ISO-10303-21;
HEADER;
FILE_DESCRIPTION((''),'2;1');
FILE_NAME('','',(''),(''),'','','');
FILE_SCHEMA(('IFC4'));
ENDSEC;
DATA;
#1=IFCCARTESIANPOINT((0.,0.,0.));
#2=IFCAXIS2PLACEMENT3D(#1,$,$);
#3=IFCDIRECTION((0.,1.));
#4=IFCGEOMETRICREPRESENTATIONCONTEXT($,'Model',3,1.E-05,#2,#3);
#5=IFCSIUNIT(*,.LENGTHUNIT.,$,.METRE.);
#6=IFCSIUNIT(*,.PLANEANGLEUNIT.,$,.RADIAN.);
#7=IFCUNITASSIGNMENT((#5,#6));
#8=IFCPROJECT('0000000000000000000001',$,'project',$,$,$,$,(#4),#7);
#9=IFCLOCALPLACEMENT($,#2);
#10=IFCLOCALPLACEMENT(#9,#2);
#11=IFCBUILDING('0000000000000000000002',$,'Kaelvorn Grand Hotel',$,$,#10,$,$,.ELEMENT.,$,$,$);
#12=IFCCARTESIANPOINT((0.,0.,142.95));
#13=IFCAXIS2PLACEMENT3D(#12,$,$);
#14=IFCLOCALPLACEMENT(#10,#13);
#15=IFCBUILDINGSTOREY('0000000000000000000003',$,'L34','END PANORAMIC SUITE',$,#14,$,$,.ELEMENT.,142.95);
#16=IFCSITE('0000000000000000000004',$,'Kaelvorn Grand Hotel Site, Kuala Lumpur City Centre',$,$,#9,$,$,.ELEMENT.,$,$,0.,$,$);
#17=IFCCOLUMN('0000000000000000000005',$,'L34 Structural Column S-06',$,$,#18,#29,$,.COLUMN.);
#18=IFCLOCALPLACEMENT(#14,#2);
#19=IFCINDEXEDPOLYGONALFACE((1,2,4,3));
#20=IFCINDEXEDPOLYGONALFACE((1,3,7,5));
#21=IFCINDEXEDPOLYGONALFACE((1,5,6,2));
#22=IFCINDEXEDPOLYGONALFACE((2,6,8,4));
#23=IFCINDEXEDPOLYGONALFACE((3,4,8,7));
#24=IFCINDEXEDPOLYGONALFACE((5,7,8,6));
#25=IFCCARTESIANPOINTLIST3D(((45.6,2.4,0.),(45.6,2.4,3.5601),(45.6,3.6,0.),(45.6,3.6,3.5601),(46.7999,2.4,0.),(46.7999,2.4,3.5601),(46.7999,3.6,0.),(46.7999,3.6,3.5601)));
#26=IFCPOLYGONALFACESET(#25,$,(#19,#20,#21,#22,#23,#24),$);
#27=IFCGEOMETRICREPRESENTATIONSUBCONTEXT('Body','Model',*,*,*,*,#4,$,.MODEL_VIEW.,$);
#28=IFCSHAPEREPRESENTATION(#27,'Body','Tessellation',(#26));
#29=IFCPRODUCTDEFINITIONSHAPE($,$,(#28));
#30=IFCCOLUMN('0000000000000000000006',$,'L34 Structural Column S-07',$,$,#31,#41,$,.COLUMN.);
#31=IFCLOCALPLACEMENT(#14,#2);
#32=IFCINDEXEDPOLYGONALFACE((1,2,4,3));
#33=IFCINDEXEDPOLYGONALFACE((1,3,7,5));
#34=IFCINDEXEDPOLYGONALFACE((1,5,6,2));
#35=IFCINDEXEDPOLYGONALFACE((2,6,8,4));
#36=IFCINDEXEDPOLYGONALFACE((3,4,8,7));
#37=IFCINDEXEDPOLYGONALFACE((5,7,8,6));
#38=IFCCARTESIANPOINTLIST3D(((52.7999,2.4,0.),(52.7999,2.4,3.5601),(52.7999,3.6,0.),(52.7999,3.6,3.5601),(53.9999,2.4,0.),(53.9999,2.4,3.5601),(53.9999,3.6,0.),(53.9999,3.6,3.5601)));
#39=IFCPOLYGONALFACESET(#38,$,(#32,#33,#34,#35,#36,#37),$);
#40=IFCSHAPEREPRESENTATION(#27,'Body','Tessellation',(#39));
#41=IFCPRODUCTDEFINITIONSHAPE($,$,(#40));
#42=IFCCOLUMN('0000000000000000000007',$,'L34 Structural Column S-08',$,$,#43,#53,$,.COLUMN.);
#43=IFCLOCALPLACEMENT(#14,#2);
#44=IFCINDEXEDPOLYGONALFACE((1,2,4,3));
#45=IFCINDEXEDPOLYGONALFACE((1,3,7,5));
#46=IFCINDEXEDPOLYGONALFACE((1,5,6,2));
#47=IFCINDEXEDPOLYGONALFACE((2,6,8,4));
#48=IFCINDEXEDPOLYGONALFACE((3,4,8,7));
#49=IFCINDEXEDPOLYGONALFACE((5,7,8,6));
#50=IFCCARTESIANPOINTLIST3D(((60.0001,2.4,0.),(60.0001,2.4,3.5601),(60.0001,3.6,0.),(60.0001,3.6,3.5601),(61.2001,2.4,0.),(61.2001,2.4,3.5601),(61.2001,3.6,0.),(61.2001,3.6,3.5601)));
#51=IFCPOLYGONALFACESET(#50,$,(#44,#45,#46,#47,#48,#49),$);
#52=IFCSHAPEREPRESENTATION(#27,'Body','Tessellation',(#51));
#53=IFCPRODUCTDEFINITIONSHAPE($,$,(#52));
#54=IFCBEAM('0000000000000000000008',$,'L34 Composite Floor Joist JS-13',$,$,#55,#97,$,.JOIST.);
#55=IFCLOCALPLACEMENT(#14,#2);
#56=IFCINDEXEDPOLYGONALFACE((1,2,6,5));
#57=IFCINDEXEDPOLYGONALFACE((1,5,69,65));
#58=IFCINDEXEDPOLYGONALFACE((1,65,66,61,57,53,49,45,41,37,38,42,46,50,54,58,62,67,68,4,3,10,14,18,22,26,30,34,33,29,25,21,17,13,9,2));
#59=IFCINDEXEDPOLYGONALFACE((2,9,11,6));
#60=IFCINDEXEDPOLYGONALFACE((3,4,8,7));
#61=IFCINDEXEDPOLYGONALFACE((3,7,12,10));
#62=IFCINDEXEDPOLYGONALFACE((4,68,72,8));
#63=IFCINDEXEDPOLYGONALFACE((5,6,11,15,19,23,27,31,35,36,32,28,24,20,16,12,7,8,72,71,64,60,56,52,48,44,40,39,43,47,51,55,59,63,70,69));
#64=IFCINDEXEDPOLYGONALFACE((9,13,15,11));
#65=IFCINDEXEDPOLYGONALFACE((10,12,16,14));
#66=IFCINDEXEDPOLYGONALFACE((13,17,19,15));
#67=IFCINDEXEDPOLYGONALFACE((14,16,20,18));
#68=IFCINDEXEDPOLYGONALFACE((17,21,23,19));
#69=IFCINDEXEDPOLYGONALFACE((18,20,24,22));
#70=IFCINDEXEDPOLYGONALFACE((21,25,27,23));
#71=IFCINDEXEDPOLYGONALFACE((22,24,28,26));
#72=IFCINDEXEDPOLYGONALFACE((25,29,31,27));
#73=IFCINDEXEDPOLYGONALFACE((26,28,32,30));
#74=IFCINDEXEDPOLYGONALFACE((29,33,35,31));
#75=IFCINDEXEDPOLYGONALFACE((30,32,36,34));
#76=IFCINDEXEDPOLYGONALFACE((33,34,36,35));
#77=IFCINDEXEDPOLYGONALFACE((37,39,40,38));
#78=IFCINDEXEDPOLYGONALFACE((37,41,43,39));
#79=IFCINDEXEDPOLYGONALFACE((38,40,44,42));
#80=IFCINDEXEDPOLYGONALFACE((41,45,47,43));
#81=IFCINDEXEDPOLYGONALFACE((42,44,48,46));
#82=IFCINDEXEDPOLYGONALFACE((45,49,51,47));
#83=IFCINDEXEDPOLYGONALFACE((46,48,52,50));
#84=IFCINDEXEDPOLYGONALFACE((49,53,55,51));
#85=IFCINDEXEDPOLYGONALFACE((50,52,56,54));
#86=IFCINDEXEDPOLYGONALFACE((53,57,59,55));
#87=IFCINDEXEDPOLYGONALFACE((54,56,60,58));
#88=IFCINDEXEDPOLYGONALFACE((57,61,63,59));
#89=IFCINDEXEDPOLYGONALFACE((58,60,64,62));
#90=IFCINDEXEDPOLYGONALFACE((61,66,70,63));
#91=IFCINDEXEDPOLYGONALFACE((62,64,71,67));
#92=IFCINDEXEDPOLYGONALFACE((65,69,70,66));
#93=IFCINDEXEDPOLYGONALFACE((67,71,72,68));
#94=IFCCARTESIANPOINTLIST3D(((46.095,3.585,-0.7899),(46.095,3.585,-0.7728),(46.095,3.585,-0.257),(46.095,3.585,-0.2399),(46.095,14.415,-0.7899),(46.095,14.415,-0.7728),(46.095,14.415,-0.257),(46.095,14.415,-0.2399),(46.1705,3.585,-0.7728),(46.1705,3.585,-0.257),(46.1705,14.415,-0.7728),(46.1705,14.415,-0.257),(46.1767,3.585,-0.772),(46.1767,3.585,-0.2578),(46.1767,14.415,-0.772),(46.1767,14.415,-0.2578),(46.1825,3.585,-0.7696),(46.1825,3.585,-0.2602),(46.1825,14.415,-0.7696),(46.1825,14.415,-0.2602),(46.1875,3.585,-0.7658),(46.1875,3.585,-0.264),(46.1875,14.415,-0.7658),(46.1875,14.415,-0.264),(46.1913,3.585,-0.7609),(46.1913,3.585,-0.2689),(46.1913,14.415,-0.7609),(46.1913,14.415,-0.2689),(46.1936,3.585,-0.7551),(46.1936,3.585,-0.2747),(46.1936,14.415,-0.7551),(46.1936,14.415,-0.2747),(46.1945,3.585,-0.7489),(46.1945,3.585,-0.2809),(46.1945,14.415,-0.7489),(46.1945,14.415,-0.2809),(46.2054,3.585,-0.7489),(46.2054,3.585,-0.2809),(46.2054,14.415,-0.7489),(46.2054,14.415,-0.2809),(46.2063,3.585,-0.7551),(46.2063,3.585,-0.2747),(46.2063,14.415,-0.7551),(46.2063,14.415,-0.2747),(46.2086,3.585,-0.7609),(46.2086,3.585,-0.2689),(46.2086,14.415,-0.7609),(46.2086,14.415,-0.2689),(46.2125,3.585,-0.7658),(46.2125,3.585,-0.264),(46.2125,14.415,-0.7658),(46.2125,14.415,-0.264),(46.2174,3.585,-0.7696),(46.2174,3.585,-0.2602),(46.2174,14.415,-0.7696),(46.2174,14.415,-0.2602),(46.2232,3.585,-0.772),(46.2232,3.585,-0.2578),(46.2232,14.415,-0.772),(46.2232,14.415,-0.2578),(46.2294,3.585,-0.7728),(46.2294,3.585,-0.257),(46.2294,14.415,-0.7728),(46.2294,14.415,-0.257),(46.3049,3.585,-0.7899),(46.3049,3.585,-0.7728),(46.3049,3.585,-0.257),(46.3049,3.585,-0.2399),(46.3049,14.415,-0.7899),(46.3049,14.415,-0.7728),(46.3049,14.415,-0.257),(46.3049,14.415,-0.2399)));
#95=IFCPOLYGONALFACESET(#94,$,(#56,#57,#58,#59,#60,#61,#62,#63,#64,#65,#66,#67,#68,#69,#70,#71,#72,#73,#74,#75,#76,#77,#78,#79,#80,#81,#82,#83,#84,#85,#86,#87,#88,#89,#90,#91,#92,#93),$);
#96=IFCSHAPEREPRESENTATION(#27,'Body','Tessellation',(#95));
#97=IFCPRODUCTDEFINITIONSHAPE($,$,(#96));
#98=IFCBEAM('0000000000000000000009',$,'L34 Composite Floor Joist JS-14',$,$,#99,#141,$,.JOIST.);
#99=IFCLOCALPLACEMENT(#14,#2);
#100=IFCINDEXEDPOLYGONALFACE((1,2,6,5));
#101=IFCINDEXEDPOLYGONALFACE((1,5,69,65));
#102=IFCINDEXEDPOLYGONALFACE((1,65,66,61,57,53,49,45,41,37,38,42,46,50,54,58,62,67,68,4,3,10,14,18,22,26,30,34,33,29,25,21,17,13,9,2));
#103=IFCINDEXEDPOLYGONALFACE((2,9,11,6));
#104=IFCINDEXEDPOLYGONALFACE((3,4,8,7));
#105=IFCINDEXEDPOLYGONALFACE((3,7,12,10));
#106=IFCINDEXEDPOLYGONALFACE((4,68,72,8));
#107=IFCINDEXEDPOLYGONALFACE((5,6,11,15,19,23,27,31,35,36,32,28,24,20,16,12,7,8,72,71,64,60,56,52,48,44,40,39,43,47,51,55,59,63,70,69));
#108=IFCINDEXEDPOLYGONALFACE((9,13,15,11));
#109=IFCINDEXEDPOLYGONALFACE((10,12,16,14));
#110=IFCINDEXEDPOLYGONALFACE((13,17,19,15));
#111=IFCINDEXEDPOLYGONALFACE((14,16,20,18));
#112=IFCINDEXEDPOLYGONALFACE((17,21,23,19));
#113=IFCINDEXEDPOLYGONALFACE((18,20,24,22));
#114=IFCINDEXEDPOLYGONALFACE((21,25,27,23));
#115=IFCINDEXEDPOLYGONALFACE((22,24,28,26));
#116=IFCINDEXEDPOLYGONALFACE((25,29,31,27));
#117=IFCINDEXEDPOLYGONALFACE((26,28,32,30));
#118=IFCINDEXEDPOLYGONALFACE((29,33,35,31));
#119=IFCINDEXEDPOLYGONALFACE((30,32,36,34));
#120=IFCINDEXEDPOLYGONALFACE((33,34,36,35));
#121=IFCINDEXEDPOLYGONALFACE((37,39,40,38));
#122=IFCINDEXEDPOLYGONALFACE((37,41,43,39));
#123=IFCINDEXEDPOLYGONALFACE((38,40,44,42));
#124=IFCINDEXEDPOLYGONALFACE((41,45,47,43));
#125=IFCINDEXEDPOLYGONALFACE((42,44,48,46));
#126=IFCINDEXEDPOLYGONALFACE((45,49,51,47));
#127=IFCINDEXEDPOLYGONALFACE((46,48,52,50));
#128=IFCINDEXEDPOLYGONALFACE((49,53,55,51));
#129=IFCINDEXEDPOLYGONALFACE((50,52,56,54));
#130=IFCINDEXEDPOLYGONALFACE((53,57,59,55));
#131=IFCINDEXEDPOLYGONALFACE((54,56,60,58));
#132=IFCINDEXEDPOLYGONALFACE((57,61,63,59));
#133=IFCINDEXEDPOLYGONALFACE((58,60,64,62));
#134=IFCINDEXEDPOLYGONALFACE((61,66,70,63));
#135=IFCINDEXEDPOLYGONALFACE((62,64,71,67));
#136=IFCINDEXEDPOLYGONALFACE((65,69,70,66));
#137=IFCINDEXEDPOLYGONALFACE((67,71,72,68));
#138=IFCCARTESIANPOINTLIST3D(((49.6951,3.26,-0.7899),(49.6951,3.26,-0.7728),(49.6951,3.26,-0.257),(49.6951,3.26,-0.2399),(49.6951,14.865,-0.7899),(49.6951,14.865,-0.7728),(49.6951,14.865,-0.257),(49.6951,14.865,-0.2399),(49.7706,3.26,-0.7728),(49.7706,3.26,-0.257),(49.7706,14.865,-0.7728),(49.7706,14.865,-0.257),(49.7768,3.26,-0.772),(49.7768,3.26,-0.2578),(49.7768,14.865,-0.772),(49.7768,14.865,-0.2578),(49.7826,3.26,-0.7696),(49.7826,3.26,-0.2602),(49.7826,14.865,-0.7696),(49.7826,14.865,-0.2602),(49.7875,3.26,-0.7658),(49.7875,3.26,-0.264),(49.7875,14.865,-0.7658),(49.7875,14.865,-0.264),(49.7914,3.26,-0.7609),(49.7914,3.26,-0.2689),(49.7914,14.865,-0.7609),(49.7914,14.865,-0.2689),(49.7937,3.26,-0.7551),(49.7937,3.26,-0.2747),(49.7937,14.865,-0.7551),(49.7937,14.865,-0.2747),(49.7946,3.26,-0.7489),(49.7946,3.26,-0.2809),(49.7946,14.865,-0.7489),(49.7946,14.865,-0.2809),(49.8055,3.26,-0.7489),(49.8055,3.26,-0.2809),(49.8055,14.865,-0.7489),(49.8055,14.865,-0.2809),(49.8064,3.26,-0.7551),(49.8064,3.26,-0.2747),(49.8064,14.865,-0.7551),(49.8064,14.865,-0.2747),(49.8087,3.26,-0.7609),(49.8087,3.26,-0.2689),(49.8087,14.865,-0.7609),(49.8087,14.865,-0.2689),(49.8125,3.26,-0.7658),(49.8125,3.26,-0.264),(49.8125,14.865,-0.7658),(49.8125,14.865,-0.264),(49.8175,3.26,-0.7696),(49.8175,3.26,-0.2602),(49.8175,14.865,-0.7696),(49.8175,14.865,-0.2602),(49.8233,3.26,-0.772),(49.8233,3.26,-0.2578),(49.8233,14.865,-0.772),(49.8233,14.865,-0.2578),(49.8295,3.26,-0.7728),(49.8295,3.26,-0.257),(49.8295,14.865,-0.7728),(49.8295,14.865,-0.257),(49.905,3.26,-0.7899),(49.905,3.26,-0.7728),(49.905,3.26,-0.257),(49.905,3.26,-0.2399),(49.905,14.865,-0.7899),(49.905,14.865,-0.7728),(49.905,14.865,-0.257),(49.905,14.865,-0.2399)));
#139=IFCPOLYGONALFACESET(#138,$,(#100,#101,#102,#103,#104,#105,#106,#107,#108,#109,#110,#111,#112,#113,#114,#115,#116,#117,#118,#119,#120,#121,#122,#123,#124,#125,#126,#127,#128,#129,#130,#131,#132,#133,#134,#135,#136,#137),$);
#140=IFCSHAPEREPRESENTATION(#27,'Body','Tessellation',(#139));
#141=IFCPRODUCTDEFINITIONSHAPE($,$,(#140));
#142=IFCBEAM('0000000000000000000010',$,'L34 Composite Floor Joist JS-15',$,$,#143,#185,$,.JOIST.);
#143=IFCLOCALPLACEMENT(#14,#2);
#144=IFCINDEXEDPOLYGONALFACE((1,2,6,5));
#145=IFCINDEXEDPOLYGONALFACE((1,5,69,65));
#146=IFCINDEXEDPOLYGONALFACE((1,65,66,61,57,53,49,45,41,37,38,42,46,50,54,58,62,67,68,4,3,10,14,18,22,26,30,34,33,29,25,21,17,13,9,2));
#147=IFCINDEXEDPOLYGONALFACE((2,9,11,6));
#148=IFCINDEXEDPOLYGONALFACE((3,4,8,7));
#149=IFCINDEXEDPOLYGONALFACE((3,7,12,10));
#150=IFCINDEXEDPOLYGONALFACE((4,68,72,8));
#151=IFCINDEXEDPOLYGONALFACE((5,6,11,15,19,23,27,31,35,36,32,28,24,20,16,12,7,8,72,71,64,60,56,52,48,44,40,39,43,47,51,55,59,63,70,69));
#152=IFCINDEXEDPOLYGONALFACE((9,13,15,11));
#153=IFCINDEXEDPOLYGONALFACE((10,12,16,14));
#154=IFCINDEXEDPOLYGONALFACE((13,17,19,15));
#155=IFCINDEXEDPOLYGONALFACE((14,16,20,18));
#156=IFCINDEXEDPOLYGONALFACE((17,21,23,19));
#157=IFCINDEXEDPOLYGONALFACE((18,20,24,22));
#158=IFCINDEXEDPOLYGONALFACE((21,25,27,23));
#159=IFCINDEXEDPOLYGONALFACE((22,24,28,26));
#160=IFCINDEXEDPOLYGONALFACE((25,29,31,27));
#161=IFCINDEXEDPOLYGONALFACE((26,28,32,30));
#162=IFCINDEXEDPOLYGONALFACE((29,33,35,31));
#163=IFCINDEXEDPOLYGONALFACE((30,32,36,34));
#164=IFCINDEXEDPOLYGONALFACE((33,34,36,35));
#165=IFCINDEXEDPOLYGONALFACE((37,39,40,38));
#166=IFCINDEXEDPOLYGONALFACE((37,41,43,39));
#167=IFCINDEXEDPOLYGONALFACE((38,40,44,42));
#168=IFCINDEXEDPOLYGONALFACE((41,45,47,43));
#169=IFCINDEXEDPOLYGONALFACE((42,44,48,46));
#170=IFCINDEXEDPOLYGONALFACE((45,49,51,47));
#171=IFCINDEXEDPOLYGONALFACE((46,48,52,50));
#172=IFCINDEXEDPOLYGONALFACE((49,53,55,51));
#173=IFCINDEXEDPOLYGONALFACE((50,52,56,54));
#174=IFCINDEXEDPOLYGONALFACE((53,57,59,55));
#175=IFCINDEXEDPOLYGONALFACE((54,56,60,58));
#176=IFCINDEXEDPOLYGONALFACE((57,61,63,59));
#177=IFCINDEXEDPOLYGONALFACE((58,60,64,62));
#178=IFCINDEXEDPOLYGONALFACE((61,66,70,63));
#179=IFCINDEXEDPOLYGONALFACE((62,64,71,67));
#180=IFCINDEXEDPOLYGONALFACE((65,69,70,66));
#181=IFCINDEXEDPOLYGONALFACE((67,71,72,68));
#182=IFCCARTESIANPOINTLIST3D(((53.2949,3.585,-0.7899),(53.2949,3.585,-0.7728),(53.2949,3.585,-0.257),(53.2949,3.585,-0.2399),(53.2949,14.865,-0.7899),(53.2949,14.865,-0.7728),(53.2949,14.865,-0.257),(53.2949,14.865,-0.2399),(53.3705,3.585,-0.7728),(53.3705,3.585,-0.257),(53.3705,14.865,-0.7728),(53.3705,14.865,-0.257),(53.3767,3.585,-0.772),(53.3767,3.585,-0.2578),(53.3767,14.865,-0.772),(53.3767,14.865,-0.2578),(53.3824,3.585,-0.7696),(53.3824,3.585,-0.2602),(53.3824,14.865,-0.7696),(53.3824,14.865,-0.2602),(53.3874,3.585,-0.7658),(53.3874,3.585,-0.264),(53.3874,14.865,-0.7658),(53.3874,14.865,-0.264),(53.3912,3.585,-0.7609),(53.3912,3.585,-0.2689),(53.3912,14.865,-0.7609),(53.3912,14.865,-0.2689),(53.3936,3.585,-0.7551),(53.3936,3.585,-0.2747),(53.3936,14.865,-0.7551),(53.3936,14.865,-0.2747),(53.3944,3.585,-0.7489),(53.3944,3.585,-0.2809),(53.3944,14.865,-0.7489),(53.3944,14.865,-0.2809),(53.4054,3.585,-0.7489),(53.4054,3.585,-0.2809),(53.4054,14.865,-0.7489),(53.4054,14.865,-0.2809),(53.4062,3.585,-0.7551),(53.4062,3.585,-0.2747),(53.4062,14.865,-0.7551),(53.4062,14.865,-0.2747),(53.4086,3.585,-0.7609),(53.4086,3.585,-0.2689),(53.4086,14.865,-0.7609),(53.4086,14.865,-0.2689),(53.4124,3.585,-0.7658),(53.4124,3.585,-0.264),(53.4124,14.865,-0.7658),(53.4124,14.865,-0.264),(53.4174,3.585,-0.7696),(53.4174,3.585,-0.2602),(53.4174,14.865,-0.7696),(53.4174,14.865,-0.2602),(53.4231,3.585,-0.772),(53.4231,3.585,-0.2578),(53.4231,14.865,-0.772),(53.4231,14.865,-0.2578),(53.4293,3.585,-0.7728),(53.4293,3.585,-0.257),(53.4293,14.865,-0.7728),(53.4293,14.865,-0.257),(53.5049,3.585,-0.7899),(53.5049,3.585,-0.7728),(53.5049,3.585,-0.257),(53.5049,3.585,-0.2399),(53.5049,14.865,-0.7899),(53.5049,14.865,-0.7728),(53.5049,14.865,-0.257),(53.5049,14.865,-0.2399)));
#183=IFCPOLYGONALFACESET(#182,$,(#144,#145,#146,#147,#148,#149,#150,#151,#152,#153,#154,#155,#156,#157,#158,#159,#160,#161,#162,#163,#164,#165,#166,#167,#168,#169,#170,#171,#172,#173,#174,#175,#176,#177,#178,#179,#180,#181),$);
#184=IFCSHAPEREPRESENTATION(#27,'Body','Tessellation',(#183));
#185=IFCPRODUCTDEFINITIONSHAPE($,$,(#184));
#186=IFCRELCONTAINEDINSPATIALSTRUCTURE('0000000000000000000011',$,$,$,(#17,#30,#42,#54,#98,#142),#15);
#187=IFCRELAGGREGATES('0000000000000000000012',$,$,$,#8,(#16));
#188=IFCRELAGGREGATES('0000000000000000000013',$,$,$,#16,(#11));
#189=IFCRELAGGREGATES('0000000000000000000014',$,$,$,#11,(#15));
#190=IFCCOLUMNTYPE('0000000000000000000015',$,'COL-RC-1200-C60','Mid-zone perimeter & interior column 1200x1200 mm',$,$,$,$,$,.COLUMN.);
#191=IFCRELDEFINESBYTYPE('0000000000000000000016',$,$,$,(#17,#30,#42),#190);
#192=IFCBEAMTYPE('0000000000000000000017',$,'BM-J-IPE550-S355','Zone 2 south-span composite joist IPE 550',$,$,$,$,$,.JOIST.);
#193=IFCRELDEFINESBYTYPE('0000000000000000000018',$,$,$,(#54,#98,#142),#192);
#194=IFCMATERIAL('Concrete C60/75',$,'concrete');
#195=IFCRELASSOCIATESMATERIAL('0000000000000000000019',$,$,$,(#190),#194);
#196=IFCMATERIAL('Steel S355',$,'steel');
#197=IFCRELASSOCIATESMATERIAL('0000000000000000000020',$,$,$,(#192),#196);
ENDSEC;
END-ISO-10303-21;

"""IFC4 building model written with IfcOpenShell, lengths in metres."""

from ifc_helpers import new_model, si_unit, direction, frame, origin, origin_2d, place, context, subcontext, project, spatial, rectangle, i_section, extrude, material, material_profile, profile_set, type_object, element, save


model = new_model("IFC4")

# Units and contexts
model_context = context("Model", 3, precision=1e-05, world=origin(), true_north=direction((0.0, 1.0)))
body_context = subcontext(model_context, "Body", "Model", "MODEL_VIEW")
ifc_project = project(units=[si_unit("LENGTHUNIT", "METRE"), si_unit("PLANEANGLEUNIT", "RADIAN")], contexts=[model_context])

# Site, building, storey
site_placement = place(None, origin())
site = spatial("IfcSite", under=ifc_project, at=site_placement, Name="Kaelvorn Grand Hotel Site, Kuala Lumpur City Centre", CompositionType="ELEMENT", RefElevation=0.0)
building_placement = place(site_placement, origin())
building = spatial("IfcBuilding", under=site, at=building_placement, Name="Kaelvorn Grand Hotel", CompositionType="ELEMENT")
storey_placement = place(building_placement, frame((0.0, 0.0, 142.95)))
storey = spatial("IfcBuildingStorey", under=building, at=storey_placement, Name="L34", Description="END PANORAMIC SUITE", CompositionType="ELEMENT", Elevation=142.95)

# Columns
ifc_material_1 = material(Name="Concrete C60/75", Category="concrete")
ifc_material_profile_1 = material_profile(ifc_material_1, rectangle(XDim=1.2, YDim=1.2, at=origin_2d()), Name="RC COL 1200x1200")
ifc_profile_set_1 = profile_set([ifc_material_profile_1], Name="Concrete C60/75")
column_type = type_object("IfcColumnType", Name="COL-RC-1200-C60", Description="Mid-zone perimeter & interior column 1200x1200 mm", PredefinedType="COLUMN", material=ifc_profile_set_1)
for number, where, z_axis, x_axis, name in (
    (1, (46.2, 3.0, 0.0), (0.0, 0.0, 1.0), (1.0, 0.0, 0.0), "L34 Structural Column S-06"),
    (2, (53.3999, 3.0, 0.0), (0.0, 0.0, 1.0), (1.0, 0.0, 0.0), "L34 Structural Column S-07"),
    (3, (60.6001, 3.0, 0.0), (0.0, 0.0, 1.0), (1.0, 0.0, 0.0), "L34 Structural Column S-08"),
):
    element("IfcColumn", number, at=place(storey_placement, frame(where, z_axis=z_axis, x_axis=x_axis)), inside=storey, type_object=column_type, Name=name, PredefinedType="COLUMN", context=body_context, shape_type="SweptSolid", body=[
        extrude(rectangle(XDim=1.2, YDim=1.2, at=origin_2d()), origin(), (0.0, 0.0, 1.0), 3.5601),
    ])

# Beams
ifc_material_2 = material(Name="Steel S355", Category="steel")
ifc_material_profile_2 = material_profile(ifc_material_2, i_section(OverallWidth=0.21, OverallDepth=0.55, WebThickness=0.011, FlangeThickness=0.0171, FilletRadius=0.0239, at=origin_2d()), Name="IPE 550")
ifc_profile_set_2 = profile_set([ifc_material_profile_2], Name="Steel S355")
beam_type_1 = type_object("IfcBeamType", Name="BM-J-IPE550-S355", Description="Zone 2 south-span composite joist IPE 550", PredefinedType="JOIST", material=ifc_profile_set_2)
beam_1_placement = place(storey_placement, frame((46.2, 3.585, -0.5149), z_axis=(0.0, 1.0, 0.0), x_axis=(-1.0, 0.0, 0.0)))
element("IfcBeam", 4, at=beam_1_placement, inside=storey, type_object=beam_type_1, Name="L34 Composite Floor Joist JS-13", PredefinedType="JOIST", context=body_context, shape_type="SweptSolid", body=[
    extrude(i_section(OverallWidth=0.21, OverallDepth=0.55, WebThickness=0.011, FlangeThickness=0.0171, FilletRadius=0.0239, at=origin_2d()), origin(), (0.0, 0.0, 1.0), 10.8301),
])
beam_2_placement = place(storey_placement, frame((49.8, 3.26, -0.5149), z_axis=(0.0, 1.0, 0.0), x_axis=(-1.0, 0.0, 0.0)))
element("IfcBeam", 5, at=beam_2_placement, inside=storey, type_object=beam_type_1, Name="L34 Composite Floor Joist JS-14", PredefinedType="JOIST", context=body_context, shape_type="SweptSolid", body=[
    extrude(i_section(OverallWidth=0.21, OverallDepth=0.55, WebThickness=0.011, FlangeThickness=0.0171, FilletRadius=0.0239, at=origin_2d()), origin(), (0.0, 0.0, 1.0), 11.605),
])
beam_3_placement = place(storey_placement, frame((53.3999, 3.585, -0.5149), z_axis=(0.0, 1.0, 0.0), x_axis=(-1.0, 0.0, 0.0)))
element("IfcBeam", 6, at=beam_3_placement, inside=storey, type_object=beam_type_1, Name="L34 Composite Floor Joist JS-15", PredefinedType="JOIST", context=body_context, shape_type="SweptSolid", body=[
    extrude(i_section(OverallWidth=0.21, OverallDepth=0.55, WebThickness=0.011, FlangeThickness=0.0171, FilletRadius=0.0239, at=origin_2d()), origin(), (0.0, 0.0, 1.0), 11.28),
])

save(model, "model.ifc")
